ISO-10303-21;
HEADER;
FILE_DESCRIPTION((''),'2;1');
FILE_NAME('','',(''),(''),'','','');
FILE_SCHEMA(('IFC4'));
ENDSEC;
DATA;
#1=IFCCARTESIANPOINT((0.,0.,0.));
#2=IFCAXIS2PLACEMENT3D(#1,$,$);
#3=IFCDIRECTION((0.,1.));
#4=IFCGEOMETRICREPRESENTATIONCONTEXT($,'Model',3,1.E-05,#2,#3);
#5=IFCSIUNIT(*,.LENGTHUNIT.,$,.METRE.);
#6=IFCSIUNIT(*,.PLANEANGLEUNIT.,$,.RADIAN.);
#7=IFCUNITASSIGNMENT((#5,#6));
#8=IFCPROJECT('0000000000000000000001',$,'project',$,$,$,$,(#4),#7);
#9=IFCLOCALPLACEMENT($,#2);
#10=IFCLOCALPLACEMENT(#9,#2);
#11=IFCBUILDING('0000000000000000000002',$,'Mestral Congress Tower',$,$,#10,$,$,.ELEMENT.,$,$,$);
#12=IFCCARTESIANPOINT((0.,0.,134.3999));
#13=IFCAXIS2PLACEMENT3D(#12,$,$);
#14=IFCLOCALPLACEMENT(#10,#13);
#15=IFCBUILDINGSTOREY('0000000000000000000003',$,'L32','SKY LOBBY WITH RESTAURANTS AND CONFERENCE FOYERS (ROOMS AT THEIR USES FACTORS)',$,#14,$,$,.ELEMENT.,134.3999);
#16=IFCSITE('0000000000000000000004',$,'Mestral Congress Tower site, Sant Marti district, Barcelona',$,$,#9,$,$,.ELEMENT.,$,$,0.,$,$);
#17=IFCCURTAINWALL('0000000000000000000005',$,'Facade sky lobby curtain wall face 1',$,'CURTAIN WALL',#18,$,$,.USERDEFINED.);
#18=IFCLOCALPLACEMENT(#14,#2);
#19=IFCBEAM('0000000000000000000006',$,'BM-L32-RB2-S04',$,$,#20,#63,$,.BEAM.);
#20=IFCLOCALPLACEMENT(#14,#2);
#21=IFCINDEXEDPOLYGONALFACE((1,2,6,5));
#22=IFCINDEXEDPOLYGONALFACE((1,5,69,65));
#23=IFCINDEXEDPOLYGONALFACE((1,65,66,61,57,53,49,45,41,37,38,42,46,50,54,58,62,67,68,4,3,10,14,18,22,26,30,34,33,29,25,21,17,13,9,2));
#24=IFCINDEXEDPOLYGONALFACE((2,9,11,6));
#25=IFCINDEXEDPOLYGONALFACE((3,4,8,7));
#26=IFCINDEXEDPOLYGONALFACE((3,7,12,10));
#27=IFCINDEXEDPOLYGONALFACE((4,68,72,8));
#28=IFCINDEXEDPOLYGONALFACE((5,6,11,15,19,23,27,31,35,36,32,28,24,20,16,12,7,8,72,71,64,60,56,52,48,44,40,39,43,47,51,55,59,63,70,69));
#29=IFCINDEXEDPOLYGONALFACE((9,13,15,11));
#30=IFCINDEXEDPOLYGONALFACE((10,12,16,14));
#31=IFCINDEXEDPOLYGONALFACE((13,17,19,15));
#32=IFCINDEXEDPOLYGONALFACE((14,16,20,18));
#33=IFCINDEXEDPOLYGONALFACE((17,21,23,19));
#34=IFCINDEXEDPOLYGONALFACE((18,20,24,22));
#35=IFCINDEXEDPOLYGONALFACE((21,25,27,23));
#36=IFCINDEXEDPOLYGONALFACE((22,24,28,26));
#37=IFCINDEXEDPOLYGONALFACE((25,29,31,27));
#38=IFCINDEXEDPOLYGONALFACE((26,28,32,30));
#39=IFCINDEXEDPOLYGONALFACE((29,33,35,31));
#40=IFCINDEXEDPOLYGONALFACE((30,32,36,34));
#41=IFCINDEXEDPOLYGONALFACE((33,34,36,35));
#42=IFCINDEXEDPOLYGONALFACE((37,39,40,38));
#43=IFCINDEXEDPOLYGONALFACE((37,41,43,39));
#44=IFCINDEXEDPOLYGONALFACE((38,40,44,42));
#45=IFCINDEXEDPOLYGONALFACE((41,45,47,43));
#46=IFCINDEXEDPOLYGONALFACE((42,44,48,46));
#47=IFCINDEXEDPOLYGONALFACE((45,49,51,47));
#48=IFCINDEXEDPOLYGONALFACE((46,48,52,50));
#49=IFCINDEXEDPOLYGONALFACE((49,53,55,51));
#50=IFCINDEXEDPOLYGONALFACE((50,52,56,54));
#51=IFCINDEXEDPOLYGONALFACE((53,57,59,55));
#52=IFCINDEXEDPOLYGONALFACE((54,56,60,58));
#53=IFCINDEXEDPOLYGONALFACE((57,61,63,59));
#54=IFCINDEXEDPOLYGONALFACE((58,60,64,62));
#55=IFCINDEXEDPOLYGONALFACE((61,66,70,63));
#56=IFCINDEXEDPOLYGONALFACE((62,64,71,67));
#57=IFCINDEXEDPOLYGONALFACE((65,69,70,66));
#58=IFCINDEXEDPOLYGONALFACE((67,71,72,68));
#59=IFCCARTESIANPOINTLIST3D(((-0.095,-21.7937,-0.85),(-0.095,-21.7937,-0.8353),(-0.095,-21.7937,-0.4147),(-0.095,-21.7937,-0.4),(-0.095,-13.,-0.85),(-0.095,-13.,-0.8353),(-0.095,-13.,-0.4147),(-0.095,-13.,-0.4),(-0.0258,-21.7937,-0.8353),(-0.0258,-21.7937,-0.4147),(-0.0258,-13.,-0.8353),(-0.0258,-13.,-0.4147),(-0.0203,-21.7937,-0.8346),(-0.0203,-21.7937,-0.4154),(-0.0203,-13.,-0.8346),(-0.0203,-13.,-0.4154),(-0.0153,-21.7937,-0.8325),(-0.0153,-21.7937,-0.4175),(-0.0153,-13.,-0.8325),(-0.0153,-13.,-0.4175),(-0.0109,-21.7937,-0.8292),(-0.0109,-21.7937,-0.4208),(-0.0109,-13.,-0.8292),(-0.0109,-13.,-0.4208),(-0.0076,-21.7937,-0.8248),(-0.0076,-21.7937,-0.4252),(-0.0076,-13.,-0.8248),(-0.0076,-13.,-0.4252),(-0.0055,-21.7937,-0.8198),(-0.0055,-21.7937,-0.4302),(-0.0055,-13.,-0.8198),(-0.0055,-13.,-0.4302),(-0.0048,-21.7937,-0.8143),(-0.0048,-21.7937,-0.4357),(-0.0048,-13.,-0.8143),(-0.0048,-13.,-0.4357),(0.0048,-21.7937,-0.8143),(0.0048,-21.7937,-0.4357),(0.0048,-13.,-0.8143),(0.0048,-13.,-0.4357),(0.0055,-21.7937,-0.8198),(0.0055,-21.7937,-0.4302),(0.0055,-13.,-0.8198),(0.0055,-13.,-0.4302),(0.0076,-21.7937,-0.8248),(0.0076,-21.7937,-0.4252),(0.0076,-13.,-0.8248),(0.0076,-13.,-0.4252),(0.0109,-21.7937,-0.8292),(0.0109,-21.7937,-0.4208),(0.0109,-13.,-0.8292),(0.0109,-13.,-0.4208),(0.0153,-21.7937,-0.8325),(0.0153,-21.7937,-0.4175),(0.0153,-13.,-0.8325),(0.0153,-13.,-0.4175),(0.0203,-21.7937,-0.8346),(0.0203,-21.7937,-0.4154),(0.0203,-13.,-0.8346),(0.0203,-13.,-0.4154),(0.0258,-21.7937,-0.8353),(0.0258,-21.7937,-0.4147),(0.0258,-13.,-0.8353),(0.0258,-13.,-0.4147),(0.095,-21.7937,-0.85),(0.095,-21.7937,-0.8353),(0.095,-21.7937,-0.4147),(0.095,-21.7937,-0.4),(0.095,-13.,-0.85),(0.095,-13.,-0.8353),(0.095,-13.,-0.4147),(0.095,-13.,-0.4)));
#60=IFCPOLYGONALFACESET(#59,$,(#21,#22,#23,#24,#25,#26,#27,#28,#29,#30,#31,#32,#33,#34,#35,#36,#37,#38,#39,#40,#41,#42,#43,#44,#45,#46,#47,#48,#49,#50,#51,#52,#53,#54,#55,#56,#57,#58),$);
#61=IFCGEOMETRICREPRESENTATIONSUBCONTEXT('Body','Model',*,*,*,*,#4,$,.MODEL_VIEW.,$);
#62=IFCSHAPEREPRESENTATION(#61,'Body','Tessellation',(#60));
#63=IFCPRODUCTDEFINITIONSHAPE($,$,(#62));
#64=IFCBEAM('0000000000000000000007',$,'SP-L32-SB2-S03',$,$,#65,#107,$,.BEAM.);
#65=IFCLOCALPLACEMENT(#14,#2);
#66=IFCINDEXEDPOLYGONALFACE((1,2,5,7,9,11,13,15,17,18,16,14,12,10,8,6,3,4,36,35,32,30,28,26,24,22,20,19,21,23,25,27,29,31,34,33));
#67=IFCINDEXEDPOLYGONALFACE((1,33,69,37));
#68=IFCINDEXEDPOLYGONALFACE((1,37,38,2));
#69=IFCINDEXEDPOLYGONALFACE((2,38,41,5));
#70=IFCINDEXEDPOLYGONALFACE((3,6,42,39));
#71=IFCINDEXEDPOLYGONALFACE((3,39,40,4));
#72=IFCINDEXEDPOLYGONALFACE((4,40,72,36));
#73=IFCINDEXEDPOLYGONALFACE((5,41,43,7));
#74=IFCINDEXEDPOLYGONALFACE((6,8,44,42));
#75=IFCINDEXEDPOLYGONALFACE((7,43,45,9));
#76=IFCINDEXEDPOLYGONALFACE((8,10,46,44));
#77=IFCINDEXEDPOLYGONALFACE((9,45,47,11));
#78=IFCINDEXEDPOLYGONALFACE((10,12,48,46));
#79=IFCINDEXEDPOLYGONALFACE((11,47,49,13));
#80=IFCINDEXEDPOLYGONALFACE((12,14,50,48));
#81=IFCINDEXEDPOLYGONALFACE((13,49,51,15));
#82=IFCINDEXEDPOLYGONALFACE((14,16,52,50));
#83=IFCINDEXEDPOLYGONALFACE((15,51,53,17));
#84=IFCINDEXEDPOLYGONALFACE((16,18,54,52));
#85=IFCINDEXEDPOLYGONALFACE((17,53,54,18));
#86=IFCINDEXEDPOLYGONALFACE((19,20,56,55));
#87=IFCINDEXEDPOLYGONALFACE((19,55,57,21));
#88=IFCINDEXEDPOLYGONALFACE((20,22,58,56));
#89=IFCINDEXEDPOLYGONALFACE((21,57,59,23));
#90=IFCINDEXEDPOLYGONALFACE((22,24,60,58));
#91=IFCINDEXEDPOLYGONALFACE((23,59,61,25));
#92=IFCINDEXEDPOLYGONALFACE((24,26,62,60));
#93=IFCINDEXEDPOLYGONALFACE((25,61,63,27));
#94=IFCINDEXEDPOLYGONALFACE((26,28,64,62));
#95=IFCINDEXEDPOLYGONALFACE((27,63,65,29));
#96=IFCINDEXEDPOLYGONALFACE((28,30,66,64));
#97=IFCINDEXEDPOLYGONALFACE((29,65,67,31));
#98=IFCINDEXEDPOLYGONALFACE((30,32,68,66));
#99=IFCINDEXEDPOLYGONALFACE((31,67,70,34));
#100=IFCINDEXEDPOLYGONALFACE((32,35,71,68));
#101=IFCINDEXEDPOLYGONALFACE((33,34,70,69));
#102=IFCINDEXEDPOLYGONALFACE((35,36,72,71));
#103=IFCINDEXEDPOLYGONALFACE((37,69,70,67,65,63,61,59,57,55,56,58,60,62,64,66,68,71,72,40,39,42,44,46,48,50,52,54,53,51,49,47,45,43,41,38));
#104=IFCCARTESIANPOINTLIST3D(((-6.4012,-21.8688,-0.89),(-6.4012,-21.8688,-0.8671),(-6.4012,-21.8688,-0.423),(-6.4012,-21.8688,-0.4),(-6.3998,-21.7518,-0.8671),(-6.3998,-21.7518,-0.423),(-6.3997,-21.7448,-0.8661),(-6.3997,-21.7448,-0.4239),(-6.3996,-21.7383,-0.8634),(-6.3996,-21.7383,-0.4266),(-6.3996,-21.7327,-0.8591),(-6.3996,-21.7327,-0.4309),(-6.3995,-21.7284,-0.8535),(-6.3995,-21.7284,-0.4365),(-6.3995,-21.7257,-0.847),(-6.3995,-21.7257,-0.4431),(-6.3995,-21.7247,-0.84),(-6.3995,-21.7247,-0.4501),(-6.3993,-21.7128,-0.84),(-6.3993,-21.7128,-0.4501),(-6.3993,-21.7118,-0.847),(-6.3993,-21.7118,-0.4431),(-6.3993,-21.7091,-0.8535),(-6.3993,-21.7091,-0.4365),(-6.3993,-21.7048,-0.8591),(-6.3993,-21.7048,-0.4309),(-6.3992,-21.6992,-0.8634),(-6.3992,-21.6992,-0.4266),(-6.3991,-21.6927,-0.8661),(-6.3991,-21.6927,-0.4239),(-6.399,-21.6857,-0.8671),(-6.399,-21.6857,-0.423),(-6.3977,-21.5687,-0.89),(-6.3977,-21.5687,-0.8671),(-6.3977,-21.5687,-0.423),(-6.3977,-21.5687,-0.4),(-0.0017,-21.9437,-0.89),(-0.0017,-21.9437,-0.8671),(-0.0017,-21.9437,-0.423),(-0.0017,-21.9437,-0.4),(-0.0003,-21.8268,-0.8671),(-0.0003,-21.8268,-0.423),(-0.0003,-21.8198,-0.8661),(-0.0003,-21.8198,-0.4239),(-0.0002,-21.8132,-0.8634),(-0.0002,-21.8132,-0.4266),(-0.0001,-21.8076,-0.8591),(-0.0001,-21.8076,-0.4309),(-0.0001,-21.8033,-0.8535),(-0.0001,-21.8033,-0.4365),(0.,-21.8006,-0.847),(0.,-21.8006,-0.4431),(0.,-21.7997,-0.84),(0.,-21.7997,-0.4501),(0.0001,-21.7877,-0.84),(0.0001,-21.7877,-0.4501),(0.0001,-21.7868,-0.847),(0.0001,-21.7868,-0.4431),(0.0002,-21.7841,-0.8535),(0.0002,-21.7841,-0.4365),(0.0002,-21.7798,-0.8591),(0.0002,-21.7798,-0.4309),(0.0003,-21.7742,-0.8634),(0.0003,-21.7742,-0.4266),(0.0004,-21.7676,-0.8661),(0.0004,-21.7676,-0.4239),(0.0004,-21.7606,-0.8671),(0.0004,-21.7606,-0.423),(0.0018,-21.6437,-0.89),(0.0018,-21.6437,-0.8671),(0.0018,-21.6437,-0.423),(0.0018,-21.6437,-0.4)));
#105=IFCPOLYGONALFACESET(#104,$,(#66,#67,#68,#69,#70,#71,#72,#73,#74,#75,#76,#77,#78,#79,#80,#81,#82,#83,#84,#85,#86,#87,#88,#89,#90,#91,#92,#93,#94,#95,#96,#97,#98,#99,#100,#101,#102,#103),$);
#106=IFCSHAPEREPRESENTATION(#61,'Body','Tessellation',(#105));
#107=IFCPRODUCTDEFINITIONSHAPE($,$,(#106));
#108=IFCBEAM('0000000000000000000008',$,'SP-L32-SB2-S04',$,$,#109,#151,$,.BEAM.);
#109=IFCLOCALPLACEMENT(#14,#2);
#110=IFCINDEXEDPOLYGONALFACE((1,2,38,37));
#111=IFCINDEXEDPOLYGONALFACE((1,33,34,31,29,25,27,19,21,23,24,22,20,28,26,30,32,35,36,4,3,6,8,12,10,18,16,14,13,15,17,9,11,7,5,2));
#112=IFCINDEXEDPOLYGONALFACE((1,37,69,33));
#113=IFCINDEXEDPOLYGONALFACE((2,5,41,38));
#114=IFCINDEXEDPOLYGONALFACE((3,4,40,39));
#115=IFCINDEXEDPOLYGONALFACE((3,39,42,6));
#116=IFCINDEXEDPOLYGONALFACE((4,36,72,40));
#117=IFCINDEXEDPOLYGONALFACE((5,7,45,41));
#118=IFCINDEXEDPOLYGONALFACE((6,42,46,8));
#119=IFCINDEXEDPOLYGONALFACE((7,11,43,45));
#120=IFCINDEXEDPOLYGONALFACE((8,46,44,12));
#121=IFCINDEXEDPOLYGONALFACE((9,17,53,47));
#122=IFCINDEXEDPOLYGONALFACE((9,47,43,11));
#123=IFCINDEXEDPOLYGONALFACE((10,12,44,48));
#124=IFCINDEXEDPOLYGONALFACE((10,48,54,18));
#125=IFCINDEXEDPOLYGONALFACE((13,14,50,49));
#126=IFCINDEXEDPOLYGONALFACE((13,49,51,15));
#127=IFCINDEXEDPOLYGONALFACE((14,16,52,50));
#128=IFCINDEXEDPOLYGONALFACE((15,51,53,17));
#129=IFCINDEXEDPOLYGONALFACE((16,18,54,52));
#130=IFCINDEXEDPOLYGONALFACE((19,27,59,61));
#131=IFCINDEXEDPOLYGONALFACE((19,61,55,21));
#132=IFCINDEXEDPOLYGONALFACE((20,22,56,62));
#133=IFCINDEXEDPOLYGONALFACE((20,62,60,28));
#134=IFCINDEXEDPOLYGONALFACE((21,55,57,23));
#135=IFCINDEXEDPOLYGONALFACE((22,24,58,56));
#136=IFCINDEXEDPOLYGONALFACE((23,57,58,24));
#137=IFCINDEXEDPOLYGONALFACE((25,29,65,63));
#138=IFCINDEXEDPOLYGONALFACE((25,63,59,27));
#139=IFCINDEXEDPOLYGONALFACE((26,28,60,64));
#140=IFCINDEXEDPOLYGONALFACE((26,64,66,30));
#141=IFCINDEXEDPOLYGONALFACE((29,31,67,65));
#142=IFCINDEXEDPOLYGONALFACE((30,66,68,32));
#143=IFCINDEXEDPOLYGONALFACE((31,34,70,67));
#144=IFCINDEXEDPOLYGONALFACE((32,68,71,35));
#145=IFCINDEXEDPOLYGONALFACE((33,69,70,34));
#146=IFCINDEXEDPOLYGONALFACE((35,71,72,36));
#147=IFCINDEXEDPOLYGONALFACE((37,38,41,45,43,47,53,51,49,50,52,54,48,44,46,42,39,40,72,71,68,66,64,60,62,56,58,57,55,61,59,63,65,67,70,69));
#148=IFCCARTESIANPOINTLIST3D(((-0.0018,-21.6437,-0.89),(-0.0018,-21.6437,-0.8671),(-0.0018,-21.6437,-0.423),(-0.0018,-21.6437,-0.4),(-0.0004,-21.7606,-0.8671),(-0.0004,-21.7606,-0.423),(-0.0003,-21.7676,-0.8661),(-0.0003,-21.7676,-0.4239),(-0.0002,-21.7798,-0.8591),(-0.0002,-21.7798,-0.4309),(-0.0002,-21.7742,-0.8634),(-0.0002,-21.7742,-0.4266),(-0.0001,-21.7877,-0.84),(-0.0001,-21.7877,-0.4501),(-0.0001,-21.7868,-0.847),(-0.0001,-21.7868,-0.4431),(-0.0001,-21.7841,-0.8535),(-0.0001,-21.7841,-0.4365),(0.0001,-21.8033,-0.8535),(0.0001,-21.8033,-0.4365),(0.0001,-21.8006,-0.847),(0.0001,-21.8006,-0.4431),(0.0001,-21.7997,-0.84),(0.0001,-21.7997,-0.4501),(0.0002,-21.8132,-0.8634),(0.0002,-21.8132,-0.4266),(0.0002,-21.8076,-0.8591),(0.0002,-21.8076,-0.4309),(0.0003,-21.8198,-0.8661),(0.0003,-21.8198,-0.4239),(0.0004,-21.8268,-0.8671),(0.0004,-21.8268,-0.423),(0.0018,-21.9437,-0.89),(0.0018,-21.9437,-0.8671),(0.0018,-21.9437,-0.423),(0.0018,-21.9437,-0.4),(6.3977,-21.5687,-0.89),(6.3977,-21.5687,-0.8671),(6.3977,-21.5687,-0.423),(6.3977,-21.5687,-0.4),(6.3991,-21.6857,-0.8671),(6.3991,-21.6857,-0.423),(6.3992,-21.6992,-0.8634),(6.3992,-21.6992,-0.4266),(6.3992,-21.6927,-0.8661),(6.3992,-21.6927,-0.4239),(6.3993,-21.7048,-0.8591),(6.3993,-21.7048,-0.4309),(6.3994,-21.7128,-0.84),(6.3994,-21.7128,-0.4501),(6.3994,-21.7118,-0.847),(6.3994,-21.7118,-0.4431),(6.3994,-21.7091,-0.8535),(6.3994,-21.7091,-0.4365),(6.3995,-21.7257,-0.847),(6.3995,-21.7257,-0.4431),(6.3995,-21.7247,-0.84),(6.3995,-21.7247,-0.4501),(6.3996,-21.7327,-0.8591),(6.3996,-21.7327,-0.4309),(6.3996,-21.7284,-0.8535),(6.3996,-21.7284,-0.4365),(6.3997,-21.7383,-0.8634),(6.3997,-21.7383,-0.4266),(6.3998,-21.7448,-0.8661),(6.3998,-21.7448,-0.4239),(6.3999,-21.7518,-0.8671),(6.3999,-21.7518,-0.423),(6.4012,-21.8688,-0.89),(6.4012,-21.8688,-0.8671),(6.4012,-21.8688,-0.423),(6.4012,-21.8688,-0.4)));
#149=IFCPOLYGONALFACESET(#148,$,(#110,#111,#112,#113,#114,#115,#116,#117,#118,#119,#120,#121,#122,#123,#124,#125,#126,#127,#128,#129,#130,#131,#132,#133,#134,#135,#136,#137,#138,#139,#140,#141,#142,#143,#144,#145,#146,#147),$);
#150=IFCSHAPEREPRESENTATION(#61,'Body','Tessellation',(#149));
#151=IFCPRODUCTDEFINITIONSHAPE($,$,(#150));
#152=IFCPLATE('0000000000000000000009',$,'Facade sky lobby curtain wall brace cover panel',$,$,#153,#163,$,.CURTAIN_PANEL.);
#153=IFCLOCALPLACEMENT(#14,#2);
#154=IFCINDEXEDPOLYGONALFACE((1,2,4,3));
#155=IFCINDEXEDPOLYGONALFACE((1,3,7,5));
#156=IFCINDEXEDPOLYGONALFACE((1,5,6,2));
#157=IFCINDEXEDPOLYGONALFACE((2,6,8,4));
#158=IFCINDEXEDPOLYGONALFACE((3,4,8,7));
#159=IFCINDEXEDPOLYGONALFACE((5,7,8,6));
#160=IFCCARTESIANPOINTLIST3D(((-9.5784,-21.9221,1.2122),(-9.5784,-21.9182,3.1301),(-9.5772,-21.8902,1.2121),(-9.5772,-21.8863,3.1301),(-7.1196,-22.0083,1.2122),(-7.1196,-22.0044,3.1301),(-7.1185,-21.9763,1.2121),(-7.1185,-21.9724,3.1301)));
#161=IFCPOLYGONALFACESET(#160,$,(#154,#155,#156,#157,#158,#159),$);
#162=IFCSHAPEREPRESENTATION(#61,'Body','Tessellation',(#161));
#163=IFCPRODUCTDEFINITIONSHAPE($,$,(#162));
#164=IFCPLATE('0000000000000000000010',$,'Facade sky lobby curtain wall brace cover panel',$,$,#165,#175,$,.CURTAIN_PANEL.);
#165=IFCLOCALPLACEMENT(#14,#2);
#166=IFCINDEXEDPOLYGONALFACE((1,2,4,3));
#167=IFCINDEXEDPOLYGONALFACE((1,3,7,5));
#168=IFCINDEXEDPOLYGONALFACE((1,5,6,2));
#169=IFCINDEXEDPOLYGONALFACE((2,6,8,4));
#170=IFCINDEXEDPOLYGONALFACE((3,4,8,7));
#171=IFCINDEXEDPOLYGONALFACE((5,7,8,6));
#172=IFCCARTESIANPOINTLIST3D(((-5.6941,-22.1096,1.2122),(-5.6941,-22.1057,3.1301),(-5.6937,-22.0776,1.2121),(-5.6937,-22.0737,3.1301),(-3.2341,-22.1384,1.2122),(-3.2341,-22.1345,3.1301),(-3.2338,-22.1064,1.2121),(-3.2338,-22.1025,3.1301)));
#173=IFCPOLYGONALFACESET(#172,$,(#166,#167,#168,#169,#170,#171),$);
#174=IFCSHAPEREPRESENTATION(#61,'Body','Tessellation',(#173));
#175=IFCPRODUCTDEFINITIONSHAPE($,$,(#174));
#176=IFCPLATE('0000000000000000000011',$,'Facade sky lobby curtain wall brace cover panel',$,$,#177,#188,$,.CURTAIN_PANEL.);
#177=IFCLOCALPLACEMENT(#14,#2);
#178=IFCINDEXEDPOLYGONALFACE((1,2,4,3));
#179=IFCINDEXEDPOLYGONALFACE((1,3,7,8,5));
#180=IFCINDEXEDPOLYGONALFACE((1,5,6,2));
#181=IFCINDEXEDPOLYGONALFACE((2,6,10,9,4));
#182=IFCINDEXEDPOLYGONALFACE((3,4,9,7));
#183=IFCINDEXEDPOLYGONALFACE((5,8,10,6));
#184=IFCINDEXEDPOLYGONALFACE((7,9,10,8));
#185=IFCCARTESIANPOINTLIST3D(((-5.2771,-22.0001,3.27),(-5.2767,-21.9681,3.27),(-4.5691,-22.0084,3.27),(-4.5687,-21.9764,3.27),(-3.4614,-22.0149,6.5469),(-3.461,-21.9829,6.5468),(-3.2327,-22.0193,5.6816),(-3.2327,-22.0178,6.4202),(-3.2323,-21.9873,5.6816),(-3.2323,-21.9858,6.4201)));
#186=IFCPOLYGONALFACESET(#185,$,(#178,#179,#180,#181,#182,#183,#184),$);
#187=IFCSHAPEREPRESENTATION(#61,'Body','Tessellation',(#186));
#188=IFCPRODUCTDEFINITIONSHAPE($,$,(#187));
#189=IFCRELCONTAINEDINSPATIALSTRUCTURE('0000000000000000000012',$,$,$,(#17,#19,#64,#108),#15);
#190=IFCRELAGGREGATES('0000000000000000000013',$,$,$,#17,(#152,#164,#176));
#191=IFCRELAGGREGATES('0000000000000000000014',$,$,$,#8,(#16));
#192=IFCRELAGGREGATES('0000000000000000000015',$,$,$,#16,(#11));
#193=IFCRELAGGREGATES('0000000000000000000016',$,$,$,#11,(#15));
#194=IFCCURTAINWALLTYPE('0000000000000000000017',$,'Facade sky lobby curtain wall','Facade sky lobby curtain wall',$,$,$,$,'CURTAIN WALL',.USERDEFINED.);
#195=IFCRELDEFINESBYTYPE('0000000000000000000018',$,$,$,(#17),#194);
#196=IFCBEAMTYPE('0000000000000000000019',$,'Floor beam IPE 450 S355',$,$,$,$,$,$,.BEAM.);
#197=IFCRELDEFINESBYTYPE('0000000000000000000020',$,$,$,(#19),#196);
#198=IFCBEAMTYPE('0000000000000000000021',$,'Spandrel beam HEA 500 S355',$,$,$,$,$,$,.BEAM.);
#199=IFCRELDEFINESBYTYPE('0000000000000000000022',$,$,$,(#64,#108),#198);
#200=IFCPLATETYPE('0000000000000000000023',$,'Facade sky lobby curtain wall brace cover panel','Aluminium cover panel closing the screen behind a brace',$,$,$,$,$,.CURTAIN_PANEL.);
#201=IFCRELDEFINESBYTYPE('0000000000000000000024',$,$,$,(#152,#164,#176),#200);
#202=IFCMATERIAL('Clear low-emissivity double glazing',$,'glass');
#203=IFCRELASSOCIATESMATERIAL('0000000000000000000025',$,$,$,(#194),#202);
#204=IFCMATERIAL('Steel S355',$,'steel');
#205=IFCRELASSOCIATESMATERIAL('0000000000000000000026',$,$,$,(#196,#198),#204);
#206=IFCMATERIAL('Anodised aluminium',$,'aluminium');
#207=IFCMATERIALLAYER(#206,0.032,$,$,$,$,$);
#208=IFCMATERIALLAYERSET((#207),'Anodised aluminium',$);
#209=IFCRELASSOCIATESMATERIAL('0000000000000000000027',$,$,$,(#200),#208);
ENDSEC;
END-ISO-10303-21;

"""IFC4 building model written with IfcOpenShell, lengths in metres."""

from ifc_helpers import new_model, si_unit, direction, frame, origin, origin_2d, place, context, subcontext, project, spatial, polyline, i_section, outline, extrude, material, layer, layer_set, material_profile, profile_set, type_object, element, aggregate, save


model = new_model("IFC4")

# Units and contexts
model_context = context("Model", 3, precision=1e-05, world=origin(), true_north=direction((0.0, 1.0)))
body_context = subcontext(model_context, "Body", "Model", "MODEL_VIEW")
ifc_project = project(units=[si_unit("LENGTHUNIT", "METRE"), si_unit("PLANEANGLEUNIT", "RADIAN")], contexts=[model_context])

# Site, building, storey
site_placement = place(None, origin())
site = spatial("IfcSite", under=ifc_project, at=site_placement, Name="Mestral Congress Tower site, Sant Marti district, Barcelona", CompositionType="ELEMENT", RefElevation=0.0)
building_placement = place(site_placement, origin())
building = spatial("IfcBuilding", under=site, at=building_placement, Name="Mestral Congress Tower", CompositionType="ELEMENT")
storey_placement = place(building_placement, frame((0.0, 0.0, 134.3999)))
storey = spatial("IfcBuildingStorey", under=building, at=storey_placement, Name="L32", Description="SKY LOBBY WITH RESTAURANTS AND CONFERENCE FOYERS (ROOMS AT THEIR USES FACTORS)", CompositionType="ELEMENT", Elevation=134.3999)

# Shared definitions
ifc_material_1 = material(Name="Steel S355", Category="steel")

# Curtain wall
ifc_material_2 = material(Name="Clear low-emissivity double glazing", Category="glass")
curtain_wall_type = type_object("IfcCurtainWallType", Name="Facade sky lobby curtain wall", Description="Facade sky lobby curtain wall", ElementType="CURTAIN WALL", PredefinedType="USERDEFINED", material=ifc_material_2)
curtain_wall_placement = place(storey_placement, origin())
curtain_wall = element("IfcCurtainWall", 1, at=curtain_wall_placement, inside=storey, type_object=curtain_wall_type, Name="Facade sky lobby curtain wall face 1", ObjectType="CURTAIN WALL", PredefinedType="USERDEFINED")
ifc_material_3 = material(Name="Anodised aluminium", Category="aluminium")

# Beams
ifc_material_profile_1 = material_profile(ifc_material_1, i_section(OverallWidth=0.1899, OverallDepth=0.45, WebThickness=0.0095, FlangeThickness=0.0146, FilletRadius=0.021, at=origin_2d()), Name="IPE 450")
ifc_profile_set_1 = profile_set([ifc_material_profile_1], Name="Steel S355")
beam_type_1 = type_object("IfcBeamType", Name="Floor beam IPE 450 S355", PredefinedType="BEAM", material=ifc_profile_set_1)
beam_1_placement = place(storey_placement, frame((0.0, -21.7937, -0.625), z_axis=(0.0, 1.0, 0.0), x_axis=(-1.0, 0.0, 0.0)))
element("IfcBeam", 2, at=beam_1_placement, inside=storey, type_object=beam_type_1, Name="BM-L32-RB2-S04", PredefinedType="BEAM", context=body_context, shape_type="SweptSolid", body=[
    extrude(i_section(OverallWidth=0.1899, OverallDepth=0.45, WebThickness=0.0095, FlangeThickness=0.0146, FilletRadius=0.021, at=origin_2d()), origin(), (0.0, 0.0, 1.0), 8.7937),
])
ifc_material_profile_2 = material_profile(ifc_material_1, i_section(OverallWidth=0.3, OverallDepth=0.49, WebThickness=0.012, FlangeThickness=0.0229, FilletRadius=0.0271, at=origin_2d()), Name="HEA 500")
ifc_profile_set_2 = profile_set([ifc_material_profile_2], Name="Steel S355")
beam_type_2 = type_object("IfcBeamType", Name="Spandrel beam HEA 500 S355", PredefinedType="BEAM", material=ifc_profile_set_2)
for number, where, z_axis, x_axis, name in (
    (3, (-6.3994, -21.7188, -0.645), (0.999931, -0.011711, 0.0), (0.011711, 0.999931, 0.0), "SP-L32-SB2-S03"),
    (4, (0.0, -21.7937, -0.645), (0.999931, 0.011711, 0.0), (-0.011711, 0.999931, 0.0), "SP-L32-SB2-S04"),
):
    element("IfcBeam", number, at=place(storey_placement, frame(where, z_axis=z_axis, x_axis=x_axis)), inside=storey, type_object=beam_type_2, Name=name, PredefinedType="BEAM", context=body_context, shape_type="SweptSolid", body=[
        extrude(i_section(OverallWidth=0.3, OverallDepth=0.49, WebThickness=0.012, FlangeThickness=0.0229, FilletRadius=0.0271, at=origin_2d()), origin(), (0.0, 0.0, 1.0), 6.3999),
    ])

# Plates
ifc_layer_1 = layer(ifc_material_3, 0.032)
ifc_layer_set_1 = layer_set([ifc_layer_1], Name="Anodised aluminium")
plate_type_1 = type_object("IfcPlateType", Name="Facade sky lobby curtain wall brace cover panel", Description="Aluminium cover panel closing the screen behind a brace", PredefinedType="CURTAIN_PANEL", material=ifc_layer_set_1)
plate_1_placement = place(storey_placement, frame((-7.1196, -22.0044, 3.1301), z_axis=(-0.03503, -0.999384, 0.002035), x_axis=(0.0, -0.002037, -0.999998)))
plate_1 = element("IfcPlate", 5, at=plate_1_placement, type_object=plate_type_1, Name="Facade sky lobby curtain wall brace cover panel", PredefinedType="CURTAIN_PANEL", context=body_context, shape_type="SweptSolid", body=[
    extrude(outline(polyline([(0.0, 0.0), (1.918, 0.0), (1.9178, -2.4603), (-0.0002, -2.4603), (0.0, 0.0)])), origin(), (0.0, 0.0, -1.0), 0.032),
])
plate_2_placement = place(storey_placement, frame((-3.2341, -22.1345, 3.1301), z_axis=(-0.01171, -0.999929, 0.002037), x_axis=(0.0, -0.002037, -0.999998)))
plate_2 = element("IfcPlate", 6, at=plate_2_placement, type_object=plate_type_1, Name="Facade sky lobby curtain wall brace cover panel", PredefinedType="CURTAIN_PANEL", context=body_context, shape_type="SweptSolid", body=[
    extrude(outline(polyline([(0.0, 0.0), (1.918, 0.0), (1.9179, -2.4601), (-0.0001, -2.4601), (0.0, 0.0)])), origin(), (0.0, 0.0, -1.0), 0.032),
])
plate_3_placement = place(storey_placement, frame((-3.2327, -22.0193, 5.6816), z_axis=(-0.011741, -0.999929, 0.002), x_axis=(-0.484706, 0.003942, -0.874668)))
plate_3 = element("IfcPlate", 7, at=plate_3_placement, type_object=plate_type_1, Name="Facade sky lobby curtain wall brace cover panel", PredefinedType="CURTAIN_PANEL", context=body_context, shape_type="SweptSolid", body=[
    extrude(outline(polyline([(0.0, 0.0), (2.7572, 0.0), (3.1004, -0.6193), (-0.6459, -0.6195), (-0.646, -0.358), (0.0, 0.0)])), origin(), (0.0, 0.0, -1.0), 0.032),
])
aggregate(curtain_wall, [plate_1, plate_2, plate_3])

save(model, "model.ifc")
